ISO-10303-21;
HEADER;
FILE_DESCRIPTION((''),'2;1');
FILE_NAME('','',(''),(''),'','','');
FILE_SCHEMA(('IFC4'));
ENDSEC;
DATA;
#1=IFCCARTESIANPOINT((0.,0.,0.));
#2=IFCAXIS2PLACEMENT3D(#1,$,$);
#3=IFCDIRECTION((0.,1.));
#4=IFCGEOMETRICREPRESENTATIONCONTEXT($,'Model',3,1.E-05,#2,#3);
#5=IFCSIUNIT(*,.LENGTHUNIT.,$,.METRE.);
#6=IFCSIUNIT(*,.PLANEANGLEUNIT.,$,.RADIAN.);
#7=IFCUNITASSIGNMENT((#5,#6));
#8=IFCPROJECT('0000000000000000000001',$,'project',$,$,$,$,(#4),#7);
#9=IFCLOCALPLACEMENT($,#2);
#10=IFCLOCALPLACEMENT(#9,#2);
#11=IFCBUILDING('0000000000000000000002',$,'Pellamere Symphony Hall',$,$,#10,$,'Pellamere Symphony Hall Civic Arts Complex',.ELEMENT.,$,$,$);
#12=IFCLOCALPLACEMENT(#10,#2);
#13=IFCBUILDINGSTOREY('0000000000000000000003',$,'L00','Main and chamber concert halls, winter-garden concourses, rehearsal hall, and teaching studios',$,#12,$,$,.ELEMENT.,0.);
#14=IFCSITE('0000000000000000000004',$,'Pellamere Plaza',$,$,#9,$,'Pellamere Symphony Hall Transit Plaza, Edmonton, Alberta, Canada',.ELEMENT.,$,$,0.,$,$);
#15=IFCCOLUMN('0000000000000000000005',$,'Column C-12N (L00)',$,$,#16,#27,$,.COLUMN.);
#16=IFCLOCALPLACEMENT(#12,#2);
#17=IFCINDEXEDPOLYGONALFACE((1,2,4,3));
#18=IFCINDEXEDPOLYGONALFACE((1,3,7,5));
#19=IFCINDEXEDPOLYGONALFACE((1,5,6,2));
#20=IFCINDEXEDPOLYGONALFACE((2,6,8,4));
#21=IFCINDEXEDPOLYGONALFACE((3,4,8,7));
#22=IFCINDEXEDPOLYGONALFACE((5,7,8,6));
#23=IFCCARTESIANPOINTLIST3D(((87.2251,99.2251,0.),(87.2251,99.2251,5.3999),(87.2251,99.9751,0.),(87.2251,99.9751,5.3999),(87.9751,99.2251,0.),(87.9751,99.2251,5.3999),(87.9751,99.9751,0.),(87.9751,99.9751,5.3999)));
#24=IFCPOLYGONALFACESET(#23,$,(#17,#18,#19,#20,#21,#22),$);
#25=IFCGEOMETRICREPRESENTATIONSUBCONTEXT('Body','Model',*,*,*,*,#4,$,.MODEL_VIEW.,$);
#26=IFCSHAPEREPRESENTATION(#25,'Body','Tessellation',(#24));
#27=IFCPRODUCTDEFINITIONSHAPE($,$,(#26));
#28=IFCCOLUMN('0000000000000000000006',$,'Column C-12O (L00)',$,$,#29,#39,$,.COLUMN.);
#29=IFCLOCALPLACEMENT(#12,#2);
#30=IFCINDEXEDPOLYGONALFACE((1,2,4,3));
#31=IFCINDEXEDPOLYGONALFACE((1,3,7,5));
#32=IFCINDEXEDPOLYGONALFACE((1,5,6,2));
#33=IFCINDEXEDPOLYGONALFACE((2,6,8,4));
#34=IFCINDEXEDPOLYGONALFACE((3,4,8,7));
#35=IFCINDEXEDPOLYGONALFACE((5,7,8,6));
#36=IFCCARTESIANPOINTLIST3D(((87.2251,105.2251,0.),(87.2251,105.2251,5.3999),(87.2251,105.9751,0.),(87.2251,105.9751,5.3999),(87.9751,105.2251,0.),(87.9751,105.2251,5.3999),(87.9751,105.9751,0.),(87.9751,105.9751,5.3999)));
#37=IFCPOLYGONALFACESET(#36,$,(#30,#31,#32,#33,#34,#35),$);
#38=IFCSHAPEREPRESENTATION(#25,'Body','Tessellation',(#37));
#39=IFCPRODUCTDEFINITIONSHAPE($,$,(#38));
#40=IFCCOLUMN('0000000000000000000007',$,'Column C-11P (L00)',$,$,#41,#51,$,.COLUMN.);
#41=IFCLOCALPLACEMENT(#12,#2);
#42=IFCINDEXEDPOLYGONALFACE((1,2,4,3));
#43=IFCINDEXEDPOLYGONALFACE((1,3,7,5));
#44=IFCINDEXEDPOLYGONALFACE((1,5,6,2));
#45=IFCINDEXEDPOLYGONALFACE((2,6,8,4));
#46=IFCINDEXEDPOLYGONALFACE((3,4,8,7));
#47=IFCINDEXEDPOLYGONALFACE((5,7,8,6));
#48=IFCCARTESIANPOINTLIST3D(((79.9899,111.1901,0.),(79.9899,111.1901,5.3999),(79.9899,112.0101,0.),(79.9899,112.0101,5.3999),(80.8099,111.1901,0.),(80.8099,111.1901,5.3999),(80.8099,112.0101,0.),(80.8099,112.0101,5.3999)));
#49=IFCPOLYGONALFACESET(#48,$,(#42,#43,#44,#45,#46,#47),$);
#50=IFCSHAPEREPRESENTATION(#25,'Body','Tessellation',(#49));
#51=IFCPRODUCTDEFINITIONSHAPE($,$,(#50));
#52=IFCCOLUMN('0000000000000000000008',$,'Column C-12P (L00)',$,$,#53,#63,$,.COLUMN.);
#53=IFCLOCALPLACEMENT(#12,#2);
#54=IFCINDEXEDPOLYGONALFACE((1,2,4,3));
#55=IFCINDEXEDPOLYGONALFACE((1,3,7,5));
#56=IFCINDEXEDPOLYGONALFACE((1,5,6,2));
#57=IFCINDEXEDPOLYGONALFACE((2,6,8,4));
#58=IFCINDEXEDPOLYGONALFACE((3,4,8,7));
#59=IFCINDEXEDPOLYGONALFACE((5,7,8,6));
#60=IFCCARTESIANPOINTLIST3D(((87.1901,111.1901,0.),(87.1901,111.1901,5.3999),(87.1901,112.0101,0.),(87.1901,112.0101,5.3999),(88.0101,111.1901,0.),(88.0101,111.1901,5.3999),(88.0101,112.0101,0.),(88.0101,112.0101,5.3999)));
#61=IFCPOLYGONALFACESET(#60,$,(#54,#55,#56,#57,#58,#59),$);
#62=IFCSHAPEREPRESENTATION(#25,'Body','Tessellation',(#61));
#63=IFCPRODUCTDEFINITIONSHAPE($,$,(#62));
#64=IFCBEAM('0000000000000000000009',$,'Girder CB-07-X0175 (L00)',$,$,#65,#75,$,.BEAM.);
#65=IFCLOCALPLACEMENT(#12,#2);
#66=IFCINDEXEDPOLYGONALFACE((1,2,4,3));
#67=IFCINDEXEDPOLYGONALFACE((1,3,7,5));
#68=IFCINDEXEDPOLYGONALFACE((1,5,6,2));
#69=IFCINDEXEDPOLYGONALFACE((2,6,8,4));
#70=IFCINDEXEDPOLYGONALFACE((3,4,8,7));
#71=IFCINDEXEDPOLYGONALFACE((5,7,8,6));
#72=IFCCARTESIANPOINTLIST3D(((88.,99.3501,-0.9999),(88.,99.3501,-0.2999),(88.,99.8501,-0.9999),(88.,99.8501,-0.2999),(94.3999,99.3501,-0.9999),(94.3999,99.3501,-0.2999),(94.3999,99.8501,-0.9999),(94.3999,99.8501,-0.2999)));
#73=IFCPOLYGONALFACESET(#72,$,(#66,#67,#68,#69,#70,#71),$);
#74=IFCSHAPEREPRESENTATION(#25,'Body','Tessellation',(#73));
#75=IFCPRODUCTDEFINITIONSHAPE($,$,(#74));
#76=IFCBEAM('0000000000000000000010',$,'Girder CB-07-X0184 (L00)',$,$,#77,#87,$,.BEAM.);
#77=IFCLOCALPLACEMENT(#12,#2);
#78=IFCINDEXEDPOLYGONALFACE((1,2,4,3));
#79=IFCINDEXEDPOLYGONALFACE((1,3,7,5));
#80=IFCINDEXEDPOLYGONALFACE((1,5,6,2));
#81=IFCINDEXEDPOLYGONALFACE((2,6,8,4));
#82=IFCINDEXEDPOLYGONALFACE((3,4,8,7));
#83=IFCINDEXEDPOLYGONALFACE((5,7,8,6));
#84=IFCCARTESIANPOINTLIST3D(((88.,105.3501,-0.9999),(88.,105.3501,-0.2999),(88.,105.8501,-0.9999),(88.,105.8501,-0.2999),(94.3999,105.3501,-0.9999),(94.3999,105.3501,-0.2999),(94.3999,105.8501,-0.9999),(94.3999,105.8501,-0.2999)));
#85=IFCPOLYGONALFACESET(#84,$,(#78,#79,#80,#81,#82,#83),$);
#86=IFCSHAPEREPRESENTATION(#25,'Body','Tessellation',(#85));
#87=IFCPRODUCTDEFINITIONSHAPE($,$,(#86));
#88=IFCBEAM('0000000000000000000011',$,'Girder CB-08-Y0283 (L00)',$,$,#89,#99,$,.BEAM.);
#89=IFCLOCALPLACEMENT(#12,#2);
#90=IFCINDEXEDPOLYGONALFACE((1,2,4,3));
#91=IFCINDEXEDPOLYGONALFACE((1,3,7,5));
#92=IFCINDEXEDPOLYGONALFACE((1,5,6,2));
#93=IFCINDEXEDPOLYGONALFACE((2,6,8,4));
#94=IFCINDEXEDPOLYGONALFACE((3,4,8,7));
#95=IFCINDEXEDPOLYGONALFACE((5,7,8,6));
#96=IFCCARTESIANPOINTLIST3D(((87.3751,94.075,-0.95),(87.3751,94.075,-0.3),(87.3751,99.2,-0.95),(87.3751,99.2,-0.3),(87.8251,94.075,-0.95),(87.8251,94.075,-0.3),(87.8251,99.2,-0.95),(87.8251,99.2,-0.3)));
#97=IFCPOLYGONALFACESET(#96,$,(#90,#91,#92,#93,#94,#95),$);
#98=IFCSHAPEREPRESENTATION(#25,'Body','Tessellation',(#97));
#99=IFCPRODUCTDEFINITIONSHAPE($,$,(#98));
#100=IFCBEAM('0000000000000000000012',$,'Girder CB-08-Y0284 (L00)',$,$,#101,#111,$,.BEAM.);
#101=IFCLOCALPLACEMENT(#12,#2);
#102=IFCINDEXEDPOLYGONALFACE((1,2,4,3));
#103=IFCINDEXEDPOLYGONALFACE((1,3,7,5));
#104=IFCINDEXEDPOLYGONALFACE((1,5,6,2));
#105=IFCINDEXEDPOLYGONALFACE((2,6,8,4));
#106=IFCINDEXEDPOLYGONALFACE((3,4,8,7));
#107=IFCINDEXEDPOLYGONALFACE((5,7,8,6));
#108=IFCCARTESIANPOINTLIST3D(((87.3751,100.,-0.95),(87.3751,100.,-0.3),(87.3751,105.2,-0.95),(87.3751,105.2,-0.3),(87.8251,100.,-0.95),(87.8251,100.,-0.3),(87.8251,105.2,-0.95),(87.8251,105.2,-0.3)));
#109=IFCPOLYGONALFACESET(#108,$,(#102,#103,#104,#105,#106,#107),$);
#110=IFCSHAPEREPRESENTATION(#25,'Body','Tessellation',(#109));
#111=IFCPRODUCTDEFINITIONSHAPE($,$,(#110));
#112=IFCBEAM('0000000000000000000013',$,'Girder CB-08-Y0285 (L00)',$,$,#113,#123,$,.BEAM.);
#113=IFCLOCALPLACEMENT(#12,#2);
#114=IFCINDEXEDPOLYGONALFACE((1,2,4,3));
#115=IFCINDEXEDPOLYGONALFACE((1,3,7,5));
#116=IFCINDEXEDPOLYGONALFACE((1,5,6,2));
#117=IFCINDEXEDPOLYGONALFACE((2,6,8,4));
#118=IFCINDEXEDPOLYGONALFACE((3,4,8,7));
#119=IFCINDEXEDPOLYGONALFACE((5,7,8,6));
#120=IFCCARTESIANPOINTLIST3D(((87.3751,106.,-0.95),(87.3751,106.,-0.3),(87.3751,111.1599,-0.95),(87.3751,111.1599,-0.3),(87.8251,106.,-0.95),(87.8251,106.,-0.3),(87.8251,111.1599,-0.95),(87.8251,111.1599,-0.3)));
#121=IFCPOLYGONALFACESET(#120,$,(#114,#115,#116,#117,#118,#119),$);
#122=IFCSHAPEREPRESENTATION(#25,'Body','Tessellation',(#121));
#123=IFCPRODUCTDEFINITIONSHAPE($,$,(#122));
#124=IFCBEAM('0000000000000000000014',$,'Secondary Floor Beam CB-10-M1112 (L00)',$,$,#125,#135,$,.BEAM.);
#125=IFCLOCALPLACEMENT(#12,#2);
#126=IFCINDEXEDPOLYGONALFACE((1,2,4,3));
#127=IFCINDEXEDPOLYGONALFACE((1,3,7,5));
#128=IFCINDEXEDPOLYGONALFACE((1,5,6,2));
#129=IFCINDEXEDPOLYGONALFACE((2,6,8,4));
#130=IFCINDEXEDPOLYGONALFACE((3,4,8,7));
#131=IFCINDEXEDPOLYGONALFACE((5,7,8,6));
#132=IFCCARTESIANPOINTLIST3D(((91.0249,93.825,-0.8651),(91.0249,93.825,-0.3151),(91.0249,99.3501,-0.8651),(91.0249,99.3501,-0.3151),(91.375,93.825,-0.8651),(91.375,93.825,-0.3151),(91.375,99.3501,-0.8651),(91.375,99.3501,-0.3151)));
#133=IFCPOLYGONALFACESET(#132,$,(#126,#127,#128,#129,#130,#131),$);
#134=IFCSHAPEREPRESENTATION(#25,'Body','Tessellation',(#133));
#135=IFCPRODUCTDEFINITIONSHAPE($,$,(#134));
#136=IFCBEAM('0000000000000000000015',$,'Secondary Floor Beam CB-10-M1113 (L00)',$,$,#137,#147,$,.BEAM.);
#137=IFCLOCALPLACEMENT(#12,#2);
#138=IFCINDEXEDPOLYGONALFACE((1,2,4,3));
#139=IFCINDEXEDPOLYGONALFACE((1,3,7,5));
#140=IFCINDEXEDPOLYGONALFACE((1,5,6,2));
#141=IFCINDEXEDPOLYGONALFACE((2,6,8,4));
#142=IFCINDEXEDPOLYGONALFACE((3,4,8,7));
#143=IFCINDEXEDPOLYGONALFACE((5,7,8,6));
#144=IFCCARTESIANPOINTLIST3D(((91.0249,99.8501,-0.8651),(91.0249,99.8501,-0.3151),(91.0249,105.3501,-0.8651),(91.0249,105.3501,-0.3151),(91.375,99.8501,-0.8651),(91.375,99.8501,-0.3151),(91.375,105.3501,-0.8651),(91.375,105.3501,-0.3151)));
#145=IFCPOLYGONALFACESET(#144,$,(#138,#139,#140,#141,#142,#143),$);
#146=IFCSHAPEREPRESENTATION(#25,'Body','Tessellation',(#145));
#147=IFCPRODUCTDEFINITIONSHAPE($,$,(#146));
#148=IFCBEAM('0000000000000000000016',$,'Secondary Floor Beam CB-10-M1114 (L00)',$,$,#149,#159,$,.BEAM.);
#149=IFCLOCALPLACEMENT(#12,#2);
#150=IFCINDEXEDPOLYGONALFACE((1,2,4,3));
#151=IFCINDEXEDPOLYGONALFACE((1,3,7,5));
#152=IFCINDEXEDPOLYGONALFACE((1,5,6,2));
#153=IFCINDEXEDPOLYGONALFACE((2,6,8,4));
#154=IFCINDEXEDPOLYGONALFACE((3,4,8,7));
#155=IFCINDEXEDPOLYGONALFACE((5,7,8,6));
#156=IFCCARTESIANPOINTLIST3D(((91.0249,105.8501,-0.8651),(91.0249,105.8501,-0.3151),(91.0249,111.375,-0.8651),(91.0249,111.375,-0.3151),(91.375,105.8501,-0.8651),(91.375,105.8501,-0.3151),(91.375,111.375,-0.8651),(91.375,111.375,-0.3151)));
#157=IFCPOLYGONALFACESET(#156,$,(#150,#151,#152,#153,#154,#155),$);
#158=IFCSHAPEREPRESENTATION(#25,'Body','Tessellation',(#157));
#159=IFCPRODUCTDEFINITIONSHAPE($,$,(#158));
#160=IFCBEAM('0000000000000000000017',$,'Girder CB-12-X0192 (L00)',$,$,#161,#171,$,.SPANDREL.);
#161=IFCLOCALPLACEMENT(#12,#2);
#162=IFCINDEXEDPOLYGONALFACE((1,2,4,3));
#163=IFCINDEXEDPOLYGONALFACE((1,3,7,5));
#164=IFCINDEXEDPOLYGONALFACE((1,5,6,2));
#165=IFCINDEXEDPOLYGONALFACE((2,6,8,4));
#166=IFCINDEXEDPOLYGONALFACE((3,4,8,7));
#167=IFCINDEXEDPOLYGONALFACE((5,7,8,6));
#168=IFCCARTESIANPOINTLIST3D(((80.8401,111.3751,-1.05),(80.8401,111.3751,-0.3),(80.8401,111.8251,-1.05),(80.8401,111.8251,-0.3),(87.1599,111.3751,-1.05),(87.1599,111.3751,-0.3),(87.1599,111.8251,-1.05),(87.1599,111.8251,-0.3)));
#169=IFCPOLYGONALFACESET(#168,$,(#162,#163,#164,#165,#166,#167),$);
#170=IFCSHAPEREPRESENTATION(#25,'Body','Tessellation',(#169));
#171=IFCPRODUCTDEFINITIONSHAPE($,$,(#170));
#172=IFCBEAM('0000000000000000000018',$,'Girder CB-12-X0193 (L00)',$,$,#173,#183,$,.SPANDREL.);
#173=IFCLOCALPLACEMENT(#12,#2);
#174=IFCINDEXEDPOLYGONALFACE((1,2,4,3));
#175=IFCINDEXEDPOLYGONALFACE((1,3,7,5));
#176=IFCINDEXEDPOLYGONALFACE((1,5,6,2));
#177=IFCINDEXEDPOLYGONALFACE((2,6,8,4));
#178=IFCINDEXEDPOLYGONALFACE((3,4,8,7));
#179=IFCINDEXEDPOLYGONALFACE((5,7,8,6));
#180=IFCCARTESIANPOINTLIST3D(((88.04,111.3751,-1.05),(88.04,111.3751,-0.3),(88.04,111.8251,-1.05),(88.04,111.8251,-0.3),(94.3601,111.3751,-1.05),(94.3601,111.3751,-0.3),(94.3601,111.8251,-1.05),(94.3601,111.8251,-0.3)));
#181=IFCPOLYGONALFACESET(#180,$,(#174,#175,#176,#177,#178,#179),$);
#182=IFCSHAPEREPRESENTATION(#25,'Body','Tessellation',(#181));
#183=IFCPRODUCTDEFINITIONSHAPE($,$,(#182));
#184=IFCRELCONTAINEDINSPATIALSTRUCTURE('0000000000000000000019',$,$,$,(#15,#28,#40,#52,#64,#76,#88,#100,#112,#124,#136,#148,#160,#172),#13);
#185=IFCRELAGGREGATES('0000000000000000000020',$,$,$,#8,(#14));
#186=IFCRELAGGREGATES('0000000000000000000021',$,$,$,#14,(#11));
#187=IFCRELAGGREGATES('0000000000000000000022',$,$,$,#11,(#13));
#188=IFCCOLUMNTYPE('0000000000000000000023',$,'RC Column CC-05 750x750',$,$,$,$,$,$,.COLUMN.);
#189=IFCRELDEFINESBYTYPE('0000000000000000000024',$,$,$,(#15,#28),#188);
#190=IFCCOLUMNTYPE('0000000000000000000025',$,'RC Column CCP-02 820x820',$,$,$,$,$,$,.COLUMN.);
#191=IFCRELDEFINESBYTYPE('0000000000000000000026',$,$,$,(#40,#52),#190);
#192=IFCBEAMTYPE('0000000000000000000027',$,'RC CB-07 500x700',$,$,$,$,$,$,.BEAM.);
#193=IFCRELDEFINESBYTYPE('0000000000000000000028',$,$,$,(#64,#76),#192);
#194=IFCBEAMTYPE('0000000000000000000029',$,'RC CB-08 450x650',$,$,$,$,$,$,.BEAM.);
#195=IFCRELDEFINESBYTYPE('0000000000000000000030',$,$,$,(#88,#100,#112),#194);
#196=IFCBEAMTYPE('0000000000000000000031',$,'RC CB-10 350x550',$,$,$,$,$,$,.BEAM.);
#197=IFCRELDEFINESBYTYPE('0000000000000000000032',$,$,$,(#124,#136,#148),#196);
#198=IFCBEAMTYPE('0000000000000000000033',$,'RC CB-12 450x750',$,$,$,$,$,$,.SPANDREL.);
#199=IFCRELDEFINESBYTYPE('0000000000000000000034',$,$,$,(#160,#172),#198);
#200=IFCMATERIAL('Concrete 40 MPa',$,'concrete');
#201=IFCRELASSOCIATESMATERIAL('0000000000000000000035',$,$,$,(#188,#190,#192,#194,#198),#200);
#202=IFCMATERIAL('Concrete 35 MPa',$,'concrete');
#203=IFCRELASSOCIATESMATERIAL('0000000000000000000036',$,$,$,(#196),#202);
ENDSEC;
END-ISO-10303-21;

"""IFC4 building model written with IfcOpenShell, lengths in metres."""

from ifc_helpers import new_model, si_unit, direction, frame, origin, origin_2d, place, context, subcontext, project, spatial, rectangle, extrude, material, material_profile, profile_set, type_object, element, save


model = new_model("IFC4")

# Units and contexts
model_context = context("Model", 3, precision=1e-05, world=origin(), true_north=direction((0.0, 1.0)))
body_context = subcontext(model_context, "Body", "Model", "MODEL_VIEW")
ifc_project = project(units=[si_unit("LENGTHUNIT", "METRE"), si_unit("PLANEANGLEUNIT", "RADIAN")], contexts=[model_context])

# Site, building, storey
site_placement = place(None, origin())
site = spatial("IfcSite", under=ifc_project, at=site_placement, Name="Pellamere Plaza", LongName="Pellamere Symphony Hall Transit Plaza, Edmonton, Alberta, Canada", CompositionType="ELEMENT", RefElevation=0.0)
building_placement = place(site_placement, origin())
building = spatial("IfcBuilding", under=site, at=building_placement, Name="Pellamere Symphony Hall", LongName="Pellamere Symphony Hall Civic Arts Complex", CompositionType="ELEMENT")
storey_placement = place(building_placement, origin())
storey = spatial("IfcBuildingStorey", under=building, at=storey_placement, Name="L00", Description="Main and chamber concert halls, winter-garden concourses, rehearsal hall, and teaching studios", CompositionType="ELEMENT", Elevation=0.0)

# Columns
ifc_material_1 = material(Name="Concrete 40 MPa", Category="concrete")
ifc_material_profile_1 = material_profile(ifc_material_1, rectangle(XDim=0.75, YDim=0.75, at=origin_2d()), Name="RC 750x750")
ifc_profile_set_1 = profile_set([ifc_material_profile_1], Name="Concrete 40 MPa")
column_type_1 = type_object("IfcColumnType", Name="RC Column CC-05 750x750", PredefinedType="COLUMN", material=ifc_profile_set_1)
for number, where, z_axis, x_axis, name in (
    (1, (87.6001, 99.6001, 0.0), (0.0, 0.0, 1.0), (1.0, 0.0, 0.0), "Column C-12N (L00)"),
    (2, (87.6001, 105.6001, 0.0), (0.0, 0.0, 1.0), (1.0, 0.0, 0.0), "Column C-12O (L00)"),
):
    element("IfcColumn", number, at=place(storey_placement, frame(where, z_axis=z_axis, x_axis=x_axis)), inside=storey, type_object=column_type_1, Name=name, PredefinedType="COLUMN", context=body_context, shape_type="SweptSolid", body=[
        extrude(rectangle(XDim=0.75, YDim=0.75, at=origin_2d()), origin(), (0.0, 0.0, 1.0), 5.3999),
    ])
ifc_material_profile_2 = material_profile(ifc_material_1, rectangle(XDim=0.8201, YDim=0.8201, at=origin_2d()), Name="RC 820x820")
ifc_profile_set_2 = profile_set([ifc_material_profile_2], Name="Concrete 40 MPa")
column_type_2 = type_object("IfcColumnType", Name="RC Column CCP-02 820x820", PredefinedType="COLUMN", material=ifc_profile_set_2)
for number, where, z_axis, x_axis, name in (
    (3, (80.3999, 111.6001, 0.0), (0.0, 0.0, 1.0), (1.0, 0.0, 0.0), "Column C-11P (L00)"),
    (4, (87.6001, 111.6001, 0.0), (0.0, 0.0, 1.0), (1.0, 0.0, 0.0), "Column C-12P (L00)"),
):
    element("IfcColumn", number, at=place(storey_placement, frame(where, z_axis=z_axis, x_axis=x_axis)), inside=storey, type_object=column_type_2, Name=name, PredefinedType="COLUMN", context=body_context, shape_type="SweptSolid", body=[
        extrude(rectangle(XDim=0.8201, YDim=0.8201, at=origin_2d()), origin(), (0.0, 0.0, 1.0), 5.3999),
    ])

# Beams
ifc_material_profile_3 = material_profile(ifc_material_1, rectangle(XDim=0.5, YDim=0.7, at=origin_2d()), Name="RC 500x700")
ifc_profile_set_3 = profile_set([ifc_material_profile_3], Name="Concrete 40 MPa")
beam_type_1 = type_object("IfcBeamType", Name="RC CB-07 500x700", PredefinedType="BEAM", material=ifc_profile_set_3)
for number, where, z_axis, x_axis, name in (
    (5, (88.0, 99.6001, -0.6499), (1.0, 0.0, 0.0), (0.0, 1.0, 0.0), "Girder CB-07-X0175 (L00)"),
    (6, (88.0, 105.6001, -0.6499), (1.0, 0.0, 0.0), (0.0, 1.0, 0.0), "Girder CB-07-X0184 (L00)"),
):
    element("IfcBeam", number, at=place(storey_placement, frame(where, z_axis=z_axis, x_axis=x_axis)), inside=storey, type_object=beam_type_1, Name=name, PredefinedType="BEAM", context=body_context, shape_type="SweptSolid", body=[
        extrude(rectangle(XDim=0.5, YDim=0.7, at=origin_2d()), origin(), (0.0, 0.0, 1.0), 6.3999),
    ])
ifc_material_profile_4 = material_profile(ifc_material_1, rectangle(XDim=0.45, YDim=0.6499, at=origin_2d()), Name="RC 450x650")
ifc_profile_set_4 = profile_set([ifc_material_profile_4], Name="Concrete 40 MPa")
beam_type_2 = type_object("IfcBeamType", Name="RC CB-08 450x650", PredefinedType="BEAM", material=ifc_profile_set_4)
beam_1_placement = place(storey_placement, frame((87.6001, 94.075, -0.625), z_axis=(0.0, 1.0, 0.0), x_axis=(-1.0, 0.0, 0.0)))
element("IfcBeam", 7, at=beam_1_placement, inside=storey, type_object=beam_type_2, Name="Girder CB-08-Y0283 (L00)", PredefinedType="BEAM", context=body_context, shape_type="SweptSolid", body=[
    extrude(rectangle(XDim=0.45, YDim=0.6499, at=origin_2d()), origin(), (0.0, 0.0, 1.0), 5.125),
])
beam_2_placement = place(storey_placement, frame((87.6001, 100.0, -0.625), z_axis=(0.0, 1.0, 0.0), x_axis=(-1.0, 0.0, 0.0)))
element("IfcBeam", 8, at=beam_2_placement, inside=storey, type_object=beam_type_2, Name="Girder CB-08-Y0284 (L00)", PredefinedType="BEAM", context=body_context, shape_type="SweptSolid", body=[
    extrude(rectangle(XDim=0.45, YDim=0.6499, at=origin_2d()), origin(), (0.0, 0.0, 1.0), 5.2),
])
beam_3_placement = place(storey_placement, frame((87.6001, 106.0, -0.625), z_axis=(0.0, 1.0, 0.0), x_axis=(-1.0, 0.0, 0.0)))
element("IfcBeam", 9, at=beam_3_placement, inside=storey, type_object=beam_type_2, Name="Girder CB-08-Y0285 (L00)", PredefinedType="BEAM", context=body_context, shape_type="SweptSolid", body=[
    extrude(rectangle(XDim=0.45, YDim=0.6499, at=origin_2d()), origin(), (0.0, 0.0, 1.0), 5.1599),
])
ifc_material_2 = material(Name="Concrete 35 MPa", Category="concrete")
ifc_material_profile_5 = material_profile(ifc_material_2, rectangle(XDim=0.3501, YDim=0.55, at=origin_2d()), Name="RC 350x550")
ifc_profile_set_5 = profile_set([ifc_material_profile_5], Name="Concrete 35 MPa")
beam_type_3 = type_object("IfcBeamType", Name="RC CB-10 350x550", PredefinedType="BEAM", material=ifc_profile_set_5)
beam_4_placement = place(storey_placement, frame((91.2, 93.825, -0.5901), z_axis=(0.0, 1.0, 0.0), x_axis=(-1.0, 0.0, 0.0)))
element("IfcBeam", 10, at=beam_4_placement, inside=storey, type_object=beam_type_3, Name="Secondary Floor Beam CB-10-M1112 (L00)", PredefinedType="BEAM", context=body_context, shape_type="SweptSolid", body=[
    extrude(rectangle(XDim=0.3501, YDim=0.55, at=origin_2d()), origin(), (0.0, 0.0, 1.0), 5.5251),
])
beam_5_placement = place(storey_placement, frame((91.2, 99.8501, -0.5901), z_axis=(0.0, 1.0, 0.0), x_axis=(-1.0, 0.0, 0.0)))
element("IfcBeam", 11, at=beam_5_placement, inside=storey, type_object=beam_type_3, Name="Secondary Floor Beam CB-10-M1113 (L00)", PredefinedType="BEAM", context=body_context, shape_type="SweptSolid", body=[
    extrude(rectangle(XDim=0.3501, YDim=0.55, at=origin_2d()), origin(), (0.0, 0.0, 1.0), 5.5),
])
beam_6_placement = place(storey_placement, frame((91.2, 105.8501, -0.5901), z_axis=(0.0, 1.0, 0.0), x_axis=(-1.0, 0.0, 0.0)))
element("IfcBeam", 12, at=beam_6_placement, inside=storey, type_object=beam_type_3, Name="Secondary Floor Beam CB-10-M1114 (L00)", PredefinedType="BEAM", context=body_context, shape_type="SweptSolid", body=[
    extrude(rectangle(XDim=0.3501, YDim=0.55, at=origin_2d()), origin(), (0.0, 0.0, 1.0), 5.5249),
])
ifc_material_profile_6 = material_profile(ifc_material_1, rectangle(XDim=0.45, YDim=0.75, at=origin_2d()), Name="RC 450x750")
ifc_profile_set_6 = profile_set([ifc_material_profile_6], Name="Concrete 40 MPa")
beam_type_4 = type_object("IfcBeamType", Name="RC CB-12 450x750", PredefinedType="SPANDREL", material=ifc_profile_set_6)
beam_7_placement = place(storey_placement, frame((80.8401, 111.6001, -0.675), z_axis=(1.0, 0.0, 0.0), x_axis=(0.0, 1.0, 0.0)))
element("IfcBeam", 13, at=beam_7_placement, inside=storey, type_object=beam_type_4, Name="Girder CB-12-X0192 (L00)", PredefinedType="SPANDREL", context=body_context, shape_type="SweptSolid", body=[
    extrude(rectangle(XDim=0.45, YDim=0.75, at=origin_2d()), origin(), (0.0, 0.0, 1.0), 6.3198),
])
beam_8_placement = place(storey_placement, frame((88.04, 111.6001, -0.675), z_axis=(1.0, 0.0, 0.0), x_axis=(0.0, 1.0, 0.0)))
element("IfcBeam", 14, at=beam_8_placement, inside=storey, type_object=beam_type_4, Name="Girder CB-12-X0193 (L00)", PredefinedType="SPANDREL", context=body_context, shape_type="SweptSolid", body=[
    extrude(rectangle(XDim=0.45, YDim=0.75, at=origin_2d()), origin(), (0.0, 0.0, 1.0), 6.3201),
])

save(model, "model.ifc")
